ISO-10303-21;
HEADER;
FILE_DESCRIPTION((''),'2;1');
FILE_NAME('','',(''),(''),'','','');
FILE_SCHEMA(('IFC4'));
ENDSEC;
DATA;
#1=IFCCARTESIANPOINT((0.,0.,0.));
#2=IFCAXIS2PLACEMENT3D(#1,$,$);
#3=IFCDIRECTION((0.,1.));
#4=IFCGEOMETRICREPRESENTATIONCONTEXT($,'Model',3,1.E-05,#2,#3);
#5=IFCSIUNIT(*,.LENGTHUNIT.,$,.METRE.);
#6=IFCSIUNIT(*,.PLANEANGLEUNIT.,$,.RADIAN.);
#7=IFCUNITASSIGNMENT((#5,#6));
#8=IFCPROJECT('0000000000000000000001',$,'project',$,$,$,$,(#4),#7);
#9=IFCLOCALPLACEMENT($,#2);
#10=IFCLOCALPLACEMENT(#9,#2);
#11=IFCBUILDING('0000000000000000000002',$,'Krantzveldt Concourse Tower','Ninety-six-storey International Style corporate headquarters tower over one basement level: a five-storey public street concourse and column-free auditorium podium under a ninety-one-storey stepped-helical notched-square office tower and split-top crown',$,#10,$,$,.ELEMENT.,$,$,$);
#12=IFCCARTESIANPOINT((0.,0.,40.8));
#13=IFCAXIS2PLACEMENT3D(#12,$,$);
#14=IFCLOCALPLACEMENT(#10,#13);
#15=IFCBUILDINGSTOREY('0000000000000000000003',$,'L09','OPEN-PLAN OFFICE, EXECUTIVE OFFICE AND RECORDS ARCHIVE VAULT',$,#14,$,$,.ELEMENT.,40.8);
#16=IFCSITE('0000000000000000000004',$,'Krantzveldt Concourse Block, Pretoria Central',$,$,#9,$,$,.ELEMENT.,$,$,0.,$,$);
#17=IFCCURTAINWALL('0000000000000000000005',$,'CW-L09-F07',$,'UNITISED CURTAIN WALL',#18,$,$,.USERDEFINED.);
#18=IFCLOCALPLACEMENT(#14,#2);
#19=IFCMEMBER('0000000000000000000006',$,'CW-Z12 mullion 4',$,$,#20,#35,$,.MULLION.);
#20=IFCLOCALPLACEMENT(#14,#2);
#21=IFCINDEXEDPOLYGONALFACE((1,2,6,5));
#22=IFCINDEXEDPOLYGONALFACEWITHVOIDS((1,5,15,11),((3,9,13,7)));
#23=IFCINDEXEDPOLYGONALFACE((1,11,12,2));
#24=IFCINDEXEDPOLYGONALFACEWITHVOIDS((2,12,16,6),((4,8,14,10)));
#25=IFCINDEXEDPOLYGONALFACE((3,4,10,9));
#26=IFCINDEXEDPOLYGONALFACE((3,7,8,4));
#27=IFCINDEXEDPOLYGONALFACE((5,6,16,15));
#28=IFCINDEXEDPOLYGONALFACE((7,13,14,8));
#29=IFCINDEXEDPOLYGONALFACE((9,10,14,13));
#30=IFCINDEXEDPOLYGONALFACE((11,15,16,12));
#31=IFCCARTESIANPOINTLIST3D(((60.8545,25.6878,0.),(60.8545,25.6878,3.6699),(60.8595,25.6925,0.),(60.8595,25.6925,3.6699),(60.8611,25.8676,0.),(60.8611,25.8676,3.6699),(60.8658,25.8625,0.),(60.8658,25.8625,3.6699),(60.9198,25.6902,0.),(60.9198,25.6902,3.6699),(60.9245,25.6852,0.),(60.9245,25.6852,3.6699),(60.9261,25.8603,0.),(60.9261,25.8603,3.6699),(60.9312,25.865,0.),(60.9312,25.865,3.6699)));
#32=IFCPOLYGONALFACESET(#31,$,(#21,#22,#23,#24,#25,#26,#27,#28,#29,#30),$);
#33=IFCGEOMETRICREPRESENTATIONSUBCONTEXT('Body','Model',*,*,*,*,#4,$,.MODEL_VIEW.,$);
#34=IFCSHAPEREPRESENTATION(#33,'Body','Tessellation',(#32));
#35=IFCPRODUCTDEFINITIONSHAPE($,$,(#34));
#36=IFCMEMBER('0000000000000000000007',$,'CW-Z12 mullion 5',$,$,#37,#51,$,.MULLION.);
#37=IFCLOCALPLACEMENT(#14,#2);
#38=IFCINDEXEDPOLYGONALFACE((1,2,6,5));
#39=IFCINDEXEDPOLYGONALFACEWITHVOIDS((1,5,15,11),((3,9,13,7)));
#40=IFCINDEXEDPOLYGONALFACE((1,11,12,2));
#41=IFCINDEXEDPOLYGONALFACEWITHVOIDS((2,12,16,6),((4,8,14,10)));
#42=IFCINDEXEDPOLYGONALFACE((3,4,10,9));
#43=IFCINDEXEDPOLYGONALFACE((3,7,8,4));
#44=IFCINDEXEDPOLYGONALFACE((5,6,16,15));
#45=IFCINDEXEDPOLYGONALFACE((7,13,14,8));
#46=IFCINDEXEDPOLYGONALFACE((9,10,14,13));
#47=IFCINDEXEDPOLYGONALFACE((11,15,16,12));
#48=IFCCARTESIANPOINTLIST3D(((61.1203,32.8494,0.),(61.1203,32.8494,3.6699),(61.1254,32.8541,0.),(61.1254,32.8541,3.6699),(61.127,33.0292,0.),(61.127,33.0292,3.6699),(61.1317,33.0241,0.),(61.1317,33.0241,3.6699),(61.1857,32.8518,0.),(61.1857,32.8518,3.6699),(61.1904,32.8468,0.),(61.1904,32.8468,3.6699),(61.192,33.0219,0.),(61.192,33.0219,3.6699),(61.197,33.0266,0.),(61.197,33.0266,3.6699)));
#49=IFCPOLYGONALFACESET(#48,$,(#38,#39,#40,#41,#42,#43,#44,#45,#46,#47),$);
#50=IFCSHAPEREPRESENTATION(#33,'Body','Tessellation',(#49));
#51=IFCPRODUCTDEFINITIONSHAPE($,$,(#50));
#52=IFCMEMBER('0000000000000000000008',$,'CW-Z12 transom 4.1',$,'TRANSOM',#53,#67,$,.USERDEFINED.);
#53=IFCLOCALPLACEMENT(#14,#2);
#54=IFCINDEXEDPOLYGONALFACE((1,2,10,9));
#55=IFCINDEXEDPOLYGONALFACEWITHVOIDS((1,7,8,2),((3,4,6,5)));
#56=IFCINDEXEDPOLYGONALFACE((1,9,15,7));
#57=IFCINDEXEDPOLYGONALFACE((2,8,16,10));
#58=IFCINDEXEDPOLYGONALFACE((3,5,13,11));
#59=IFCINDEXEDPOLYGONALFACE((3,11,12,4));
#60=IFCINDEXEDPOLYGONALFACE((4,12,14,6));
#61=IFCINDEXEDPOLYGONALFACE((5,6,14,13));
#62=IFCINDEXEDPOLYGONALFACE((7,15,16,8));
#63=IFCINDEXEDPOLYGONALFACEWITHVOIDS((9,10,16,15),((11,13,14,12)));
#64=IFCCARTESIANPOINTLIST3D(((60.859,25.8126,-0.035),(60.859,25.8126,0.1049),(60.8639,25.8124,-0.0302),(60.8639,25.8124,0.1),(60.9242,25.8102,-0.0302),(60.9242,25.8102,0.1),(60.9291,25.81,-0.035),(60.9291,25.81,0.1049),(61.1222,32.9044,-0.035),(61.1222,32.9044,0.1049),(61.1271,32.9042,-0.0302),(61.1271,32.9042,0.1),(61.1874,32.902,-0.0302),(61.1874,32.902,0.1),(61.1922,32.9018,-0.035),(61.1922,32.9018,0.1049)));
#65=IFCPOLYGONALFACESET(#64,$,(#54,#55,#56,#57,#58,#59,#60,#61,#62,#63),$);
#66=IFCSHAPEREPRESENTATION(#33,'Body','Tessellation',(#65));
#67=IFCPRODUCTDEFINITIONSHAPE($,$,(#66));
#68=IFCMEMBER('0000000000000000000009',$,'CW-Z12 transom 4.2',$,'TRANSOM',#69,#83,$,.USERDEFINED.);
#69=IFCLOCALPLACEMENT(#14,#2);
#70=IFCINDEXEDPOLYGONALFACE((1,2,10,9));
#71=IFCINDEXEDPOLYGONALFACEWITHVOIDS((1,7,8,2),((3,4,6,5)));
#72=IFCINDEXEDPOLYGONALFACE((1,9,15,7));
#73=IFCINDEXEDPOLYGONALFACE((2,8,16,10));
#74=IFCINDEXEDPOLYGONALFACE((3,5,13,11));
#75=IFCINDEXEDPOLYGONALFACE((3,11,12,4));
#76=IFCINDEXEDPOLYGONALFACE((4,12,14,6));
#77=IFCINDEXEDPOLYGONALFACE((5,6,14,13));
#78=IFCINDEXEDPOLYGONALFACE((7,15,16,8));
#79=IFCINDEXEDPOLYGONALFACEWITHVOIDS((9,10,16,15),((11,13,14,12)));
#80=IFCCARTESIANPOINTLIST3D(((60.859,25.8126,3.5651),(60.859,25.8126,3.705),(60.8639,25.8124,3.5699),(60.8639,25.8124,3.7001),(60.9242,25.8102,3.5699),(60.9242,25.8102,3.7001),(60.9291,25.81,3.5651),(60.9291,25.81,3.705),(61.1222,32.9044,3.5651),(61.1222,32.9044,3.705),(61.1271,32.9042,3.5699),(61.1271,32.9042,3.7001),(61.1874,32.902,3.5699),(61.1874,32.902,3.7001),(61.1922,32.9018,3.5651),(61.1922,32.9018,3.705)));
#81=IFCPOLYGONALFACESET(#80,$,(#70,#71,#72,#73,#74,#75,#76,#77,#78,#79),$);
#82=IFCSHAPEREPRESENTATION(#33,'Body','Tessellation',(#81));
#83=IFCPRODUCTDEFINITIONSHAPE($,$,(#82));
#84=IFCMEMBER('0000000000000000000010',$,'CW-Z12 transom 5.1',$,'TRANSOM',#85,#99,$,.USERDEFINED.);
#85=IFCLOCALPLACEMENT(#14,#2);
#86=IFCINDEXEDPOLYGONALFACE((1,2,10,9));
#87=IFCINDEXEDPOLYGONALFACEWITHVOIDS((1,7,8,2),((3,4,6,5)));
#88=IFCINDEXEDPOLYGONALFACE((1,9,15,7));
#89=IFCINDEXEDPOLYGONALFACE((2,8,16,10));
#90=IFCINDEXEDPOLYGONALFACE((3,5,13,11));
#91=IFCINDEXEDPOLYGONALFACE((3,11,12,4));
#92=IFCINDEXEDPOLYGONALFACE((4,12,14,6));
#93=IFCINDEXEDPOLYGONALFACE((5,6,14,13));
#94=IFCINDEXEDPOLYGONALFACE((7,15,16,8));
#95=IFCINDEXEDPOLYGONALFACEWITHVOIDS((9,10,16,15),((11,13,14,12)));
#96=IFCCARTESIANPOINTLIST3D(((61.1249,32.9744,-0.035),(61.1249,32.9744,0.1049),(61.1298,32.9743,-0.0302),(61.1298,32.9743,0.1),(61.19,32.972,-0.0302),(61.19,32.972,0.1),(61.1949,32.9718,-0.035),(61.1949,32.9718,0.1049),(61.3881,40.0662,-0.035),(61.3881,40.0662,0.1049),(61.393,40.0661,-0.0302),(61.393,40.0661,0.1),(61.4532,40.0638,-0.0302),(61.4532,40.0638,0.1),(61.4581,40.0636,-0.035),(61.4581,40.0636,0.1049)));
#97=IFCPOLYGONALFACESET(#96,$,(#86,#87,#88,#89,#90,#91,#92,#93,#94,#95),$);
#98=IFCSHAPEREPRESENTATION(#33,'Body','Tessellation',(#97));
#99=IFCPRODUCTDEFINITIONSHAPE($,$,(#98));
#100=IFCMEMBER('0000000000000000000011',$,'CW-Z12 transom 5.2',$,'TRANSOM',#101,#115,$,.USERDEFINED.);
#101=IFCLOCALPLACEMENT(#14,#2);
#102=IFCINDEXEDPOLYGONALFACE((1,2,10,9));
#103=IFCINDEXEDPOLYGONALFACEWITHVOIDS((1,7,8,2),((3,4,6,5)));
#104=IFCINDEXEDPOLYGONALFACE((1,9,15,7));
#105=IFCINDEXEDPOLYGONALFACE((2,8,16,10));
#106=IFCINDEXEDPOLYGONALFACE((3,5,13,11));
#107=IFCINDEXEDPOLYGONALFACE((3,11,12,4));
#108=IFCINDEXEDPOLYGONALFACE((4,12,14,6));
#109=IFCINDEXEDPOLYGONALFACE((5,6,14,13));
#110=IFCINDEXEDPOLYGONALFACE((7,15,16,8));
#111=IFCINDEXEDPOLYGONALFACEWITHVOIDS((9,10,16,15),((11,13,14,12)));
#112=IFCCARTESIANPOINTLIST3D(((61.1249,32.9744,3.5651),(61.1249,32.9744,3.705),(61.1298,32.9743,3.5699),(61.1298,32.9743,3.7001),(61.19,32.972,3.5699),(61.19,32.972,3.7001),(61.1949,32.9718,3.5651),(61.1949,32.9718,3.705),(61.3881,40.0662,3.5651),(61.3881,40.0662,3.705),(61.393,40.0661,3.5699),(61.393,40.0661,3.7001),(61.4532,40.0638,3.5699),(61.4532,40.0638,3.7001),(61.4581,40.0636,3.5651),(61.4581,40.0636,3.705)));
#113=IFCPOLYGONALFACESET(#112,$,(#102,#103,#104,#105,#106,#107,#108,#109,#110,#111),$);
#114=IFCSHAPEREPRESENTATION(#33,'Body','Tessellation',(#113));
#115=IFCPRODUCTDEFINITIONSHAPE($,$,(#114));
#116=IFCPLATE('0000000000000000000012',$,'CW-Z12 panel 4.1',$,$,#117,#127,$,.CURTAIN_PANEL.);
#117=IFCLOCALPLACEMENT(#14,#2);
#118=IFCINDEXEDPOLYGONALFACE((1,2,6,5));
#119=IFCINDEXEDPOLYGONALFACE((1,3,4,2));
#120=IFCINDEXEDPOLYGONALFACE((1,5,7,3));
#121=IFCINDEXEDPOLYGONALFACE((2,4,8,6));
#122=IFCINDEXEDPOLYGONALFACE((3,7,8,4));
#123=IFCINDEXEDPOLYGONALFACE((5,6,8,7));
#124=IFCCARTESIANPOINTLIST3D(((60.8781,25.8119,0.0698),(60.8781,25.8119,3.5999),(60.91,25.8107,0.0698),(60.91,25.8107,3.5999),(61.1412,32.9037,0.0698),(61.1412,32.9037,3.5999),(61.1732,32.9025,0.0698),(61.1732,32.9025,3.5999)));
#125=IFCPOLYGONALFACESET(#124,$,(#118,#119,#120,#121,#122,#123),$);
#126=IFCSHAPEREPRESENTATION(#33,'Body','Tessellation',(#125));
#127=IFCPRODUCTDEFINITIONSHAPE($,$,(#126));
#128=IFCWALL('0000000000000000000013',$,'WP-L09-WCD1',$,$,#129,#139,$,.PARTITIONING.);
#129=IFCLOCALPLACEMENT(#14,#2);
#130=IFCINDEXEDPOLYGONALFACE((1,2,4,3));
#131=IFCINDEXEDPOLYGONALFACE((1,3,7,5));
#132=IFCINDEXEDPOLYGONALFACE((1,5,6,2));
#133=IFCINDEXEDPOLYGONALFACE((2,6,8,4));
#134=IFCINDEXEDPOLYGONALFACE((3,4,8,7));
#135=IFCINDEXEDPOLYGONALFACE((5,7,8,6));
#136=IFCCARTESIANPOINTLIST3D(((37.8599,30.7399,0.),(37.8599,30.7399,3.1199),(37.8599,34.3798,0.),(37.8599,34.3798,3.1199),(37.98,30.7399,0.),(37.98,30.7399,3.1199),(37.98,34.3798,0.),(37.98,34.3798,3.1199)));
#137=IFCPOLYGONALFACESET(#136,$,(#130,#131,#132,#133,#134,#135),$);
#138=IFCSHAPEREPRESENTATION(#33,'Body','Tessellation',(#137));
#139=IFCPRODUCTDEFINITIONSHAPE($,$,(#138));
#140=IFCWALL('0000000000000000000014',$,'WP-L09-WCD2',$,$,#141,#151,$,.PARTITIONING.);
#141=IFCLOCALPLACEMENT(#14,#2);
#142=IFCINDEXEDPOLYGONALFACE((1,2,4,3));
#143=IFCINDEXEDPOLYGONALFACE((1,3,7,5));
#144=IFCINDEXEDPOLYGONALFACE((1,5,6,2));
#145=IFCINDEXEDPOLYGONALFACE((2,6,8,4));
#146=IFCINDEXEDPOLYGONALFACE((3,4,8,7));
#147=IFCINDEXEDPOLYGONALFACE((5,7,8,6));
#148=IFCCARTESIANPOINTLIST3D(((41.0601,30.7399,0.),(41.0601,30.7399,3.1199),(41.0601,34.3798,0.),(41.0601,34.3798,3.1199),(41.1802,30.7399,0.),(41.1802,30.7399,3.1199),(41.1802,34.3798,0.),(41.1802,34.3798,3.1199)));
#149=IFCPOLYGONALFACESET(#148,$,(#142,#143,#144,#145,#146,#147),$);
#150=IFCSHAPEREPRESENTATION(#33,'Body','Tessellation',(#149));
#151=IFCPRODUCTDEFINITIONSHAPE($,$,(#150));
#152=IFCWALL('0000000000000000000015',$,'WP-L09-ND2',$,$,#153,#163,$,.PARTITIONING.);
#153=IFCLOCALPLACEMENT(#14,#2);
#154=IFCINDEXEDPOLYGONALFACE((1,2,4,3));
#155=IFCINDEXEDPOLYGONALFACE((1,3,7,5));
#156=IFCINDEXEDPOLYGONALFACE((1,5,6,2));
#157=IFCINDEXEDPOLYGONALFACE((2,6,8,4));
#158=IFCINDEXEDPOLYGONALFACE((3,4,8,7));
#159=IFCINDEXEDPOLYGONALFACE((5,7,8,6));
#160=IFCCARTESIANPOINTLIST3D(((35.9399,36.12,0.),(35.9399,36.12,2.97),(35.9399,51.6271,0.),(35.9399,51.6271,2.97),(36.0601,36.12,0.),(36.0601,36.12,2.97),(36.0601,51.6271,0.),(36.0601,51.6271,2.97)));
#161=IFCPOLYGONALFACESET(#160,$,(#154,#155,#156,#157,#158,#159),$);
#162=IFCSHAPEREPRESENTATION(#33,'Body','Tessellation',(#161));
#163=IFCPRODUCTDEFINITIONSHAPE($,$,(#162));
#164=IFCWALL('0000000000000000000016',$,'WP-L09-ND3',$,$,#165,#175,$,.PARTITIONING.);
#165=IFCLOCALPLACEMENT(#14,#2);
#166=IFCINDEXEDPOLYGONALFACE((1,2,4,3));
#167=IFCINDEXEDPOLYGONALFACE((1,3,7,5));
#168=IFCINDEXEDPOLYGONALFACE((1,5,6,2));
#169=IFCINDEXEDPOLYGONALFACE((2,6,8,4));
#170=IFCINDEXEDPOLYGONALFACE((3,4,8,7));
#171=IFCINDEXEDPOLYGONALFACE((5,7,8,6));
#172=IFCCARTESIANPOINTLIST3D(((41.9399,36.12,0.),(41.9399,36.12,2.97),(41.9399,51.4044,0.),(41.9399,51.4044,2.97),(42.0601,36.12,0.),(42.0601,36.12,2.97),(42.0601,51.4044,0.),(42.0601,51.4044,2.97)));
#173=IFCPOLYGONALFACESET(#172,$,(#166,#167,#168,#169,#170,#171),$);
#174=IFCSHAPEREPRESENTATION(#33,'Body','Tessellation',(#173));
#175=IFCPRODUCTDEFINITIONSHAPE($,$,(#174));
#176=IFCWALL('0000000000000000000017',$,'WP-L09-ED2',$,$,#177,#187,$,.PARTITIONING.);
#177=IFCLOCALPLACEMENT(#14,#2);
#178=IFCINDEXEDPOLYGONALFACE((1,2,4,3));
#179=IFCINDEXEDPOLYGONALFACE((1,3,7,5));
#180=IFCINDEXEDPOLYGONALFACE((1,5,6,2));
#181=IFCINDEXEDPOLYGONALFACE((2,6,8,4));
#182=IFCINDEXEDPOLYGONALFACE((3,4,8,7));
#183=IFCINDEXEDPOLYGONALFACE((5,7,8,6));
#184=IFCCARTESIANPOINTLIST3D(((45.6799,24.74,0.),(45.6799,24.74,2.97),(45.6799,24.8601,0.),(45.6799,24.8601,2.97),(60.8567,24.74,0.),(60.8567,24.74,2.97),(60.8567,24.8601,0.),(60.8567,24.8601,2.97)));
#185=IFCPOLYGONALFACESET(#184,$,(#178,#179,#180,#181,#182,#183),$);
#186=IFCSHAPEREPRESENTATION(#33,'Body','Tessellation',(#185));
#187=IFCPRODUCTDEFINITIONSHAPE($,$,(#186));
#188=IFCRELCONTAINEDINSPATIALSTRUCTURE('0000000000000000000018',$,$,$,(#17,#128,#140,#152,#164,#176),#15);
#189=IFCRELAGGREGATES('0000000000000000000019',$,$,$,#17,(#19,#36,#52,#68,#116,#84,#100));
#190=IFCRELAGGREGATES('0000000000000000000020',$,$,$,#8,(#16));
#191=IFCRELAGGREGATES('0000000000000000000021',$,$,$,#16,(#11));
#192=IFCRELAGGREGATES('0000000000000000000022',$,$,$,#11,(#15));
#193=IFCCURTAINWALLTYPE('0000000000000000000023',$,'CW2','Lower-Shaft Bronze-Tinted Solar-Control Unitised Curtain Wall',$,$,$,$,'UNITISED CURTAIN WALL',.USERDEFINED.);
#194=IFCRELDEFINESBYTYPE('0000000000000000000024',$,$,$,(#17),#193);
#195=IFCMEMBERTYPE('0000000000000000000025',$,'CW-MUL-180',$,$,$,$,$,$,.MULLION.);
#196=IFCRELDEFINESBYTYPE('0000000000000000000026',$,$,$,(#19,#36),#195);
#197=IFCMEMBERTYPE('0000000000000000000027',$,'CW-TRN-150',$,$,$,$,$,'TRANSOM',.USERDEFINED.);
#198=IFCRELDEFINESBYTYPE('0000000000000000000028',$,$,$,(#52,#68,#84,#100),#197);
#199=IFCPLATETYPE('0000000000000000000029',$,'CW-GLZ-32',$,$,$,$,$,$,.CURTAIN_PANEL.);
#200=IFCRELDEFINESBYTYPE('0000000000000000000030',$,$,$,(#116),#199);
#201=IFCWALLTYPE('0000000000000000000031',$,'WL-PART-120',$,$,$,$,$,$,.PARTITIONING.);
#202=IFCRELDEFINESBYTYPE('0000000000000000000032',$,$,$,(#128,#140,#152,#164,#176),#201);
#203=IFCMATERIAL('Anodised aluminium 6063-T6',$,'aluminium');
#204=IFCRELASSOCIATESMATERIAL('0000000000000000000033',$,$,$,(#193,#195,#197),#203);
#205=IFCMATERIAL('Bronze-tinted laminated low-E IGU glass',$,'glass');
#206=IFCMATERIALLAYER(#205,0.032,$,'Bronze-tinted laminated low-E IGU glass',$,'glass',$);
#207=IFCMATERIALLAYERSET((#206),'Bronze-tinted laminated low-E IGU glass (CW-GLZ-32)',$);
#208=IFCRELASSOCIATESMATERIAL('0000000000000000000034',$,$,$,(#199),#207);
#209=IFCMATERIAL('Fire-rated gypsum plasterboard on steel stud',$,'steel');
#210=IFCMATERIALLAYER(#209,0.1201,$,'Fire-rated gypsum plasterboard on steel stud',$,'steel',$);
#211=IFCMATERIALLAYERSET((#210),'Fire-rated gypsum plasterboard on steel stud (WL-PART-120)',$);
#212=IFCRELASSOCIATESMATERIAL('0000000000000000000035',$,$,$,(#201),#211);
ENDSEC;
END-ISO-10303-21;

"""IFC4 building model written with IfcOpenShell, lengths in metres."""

from ifc_helpers import new_model, si_unit, direction, frame, frame_2d, origin, origin_2d, place, context, subcontext, project, spatial, rectangle, hollow_rectangle, extrude, source, transform, mapped, material, layer, layer_set, material_profile, profile_set, type_object, type_shapes, element, aggregate, save


model = new_model("IFC4")

# Units and contexts
model_context = context("Model", 3, precision=1e-05, world=origin(), true_north=direction((0.0, 1.0)))
body_context = subcontext(model_context, "Body", "Model", "MODEL_VIEW")
ifc_project = project(units=[si_unit("LENGTHUNIT", "METRE"), si_unit("PLANEANGLEUNIT", "RADIAN")], contexts=[model_context])

# Site, building, storey
site_placement = place(None, origin())
site = spatial("IfcSite", under=ifc_project, at=site_placement, Name="Krantzveldt Concourse Block, Pretoria Central", CompositionType="ELEMENT", RefElevation=0.0)
building_placement = place(site_placement, origin())
building = spatial("IfcBuilding", under=site, at=building_placement, Name="Krantzveldt Concourse Tower", Description="Ninety-six-storey International Style corporate headquarters tower over one basement level: a five-storey public street concourse and column-free auditorium podium under a ninety-one-storey stepped-helical notched-square office tower and split-top crown", CompositionType="ELEMENT")
storey_placement = place(building_placement, frame((0.0, 0.0, 40.8)))
storey = spatial("IfcBuildingStorey", under=building, at=storey_placement, Name="L09", Description="OPEN-PLAN OFFICE, EXECUTIVE OFFICE AND RECORDS ARCHIVE VAULT", CompositionType="ELEMENT", Elevation=40.8)

# Curtain wall, members, plate
ifc_material_1 = material(Name="Anodised aluminium 6063-T6", Category="aluminium")
curtain_wall_type = type_object("IfcCurtainWallType", Name="CW2", Description="Lower-Shaft Bronze-Tinted Solar-Control Unitised Curtain Wall", ElementType="UNITISED CURTAIN WALL", PredefinedType="USERDEFINED", material=ifc_material_1)
curtain_wall_placement = place(storey_placement, origin())
curtain_wall = element("IfcCurtainWall", 1, at=curtain_wall_placement, inside=storey, type_object=curtain_wall_type, Name="CW-L09-F07", ObjectType="UNITISED CURTAIN WALL", PredefinedType="USERDEFINED")
ifc_material_profile_1 = material_profile(ifc_material_1, hollow_rectangle(XDim=0.0701, YDim=0.1799, WallThickness=0.0049, at=origin_2d()), Name="Anodised aluminium 6063-T6", Category="aluminium")
ifc_profile_set_1 = profile_set([ifc_material_profile_1], Name="Anodised aluminium 6063-T6 - ALU-MULL 180x70x5")
member_type_1 = type_object("IfcMemberType", Name="CW-MUL-180", PredefinedType="MULLION", material=ifc_profile_set_1)
shared_shape_1 = source(origin(), body_context, "Body", "SweptSolid", [
    extrude(hollow_rectangle(XDim=0.0701, YDim=0.1799, WallThickness=0.0049, at=origin_2d()), origin(), (0.0, 0.0, 1.0), 3.6699),
])
type_shapes(member_type_1, [shared_shape_1])
member_1_placement = place(storey_placement, frame((60.8928, 25.7764, 0.0), z_axis=(0.0, 0.0, 1.0), x_axis=(-0.999312, 0.03708, 0.0)))
member_1 = element("IfcMember", 2, at=member_1_placement, type_object=member_type_1, Name="CW-Z12 mullion 4", PredefinedType="MULLION", context=body_context, shape_type="MappedRepresentation", body=[
    mapped(shared_shape_1, transform((0.0, 0.0, 0.0), x_axis=(1.0, 0.0, 0.0), y_axis=(0.0, 1.0, 0.0), z_axis=(0.0, 0.0, 1.0), scale=1.0)),
])
member_2_placement = place(storey_placement, frame((61.1587, 32.938, 0.0), z_axis=(0.0, 0.0, 1.0), x_axis=(-0.999312, 0.03708, 0.0)))
member_2 = element("IfcMember", 3, at=member_2_placement, type_object=member_type_1, Name="CW-Z12 mullion 5", PredefinedType="MULLION", context=body_context, shape_type="MappedRepresentation", body=[
    mapped(shared_shape_1, transform((0.0, 0.0, 0.0), x_axis=(1.0, 0.0, 0.0), y_axis=(0.0, 1.0, 0.0), z_axis=(0.0, 0.0, 1.0), scale=1.0)),
])
ifc_material_profile_2 = material_profile(ifc_material_1, hollow_rectangle(XDim=0.0701, YDim=0.1399, WallThickness=0.0049, at=origin_2d()), Name="Anodised aluminium 6063-T6", Category="aluminium")
ifc_profile_set_2 = profile_set([ifc_material_profile_2], Name="Anodised aluminium 6063-T6 - ALU-TRAN 140x70x5")
member_type_2 = type_object("IfcMemberType", Name="CW-TRN-150", ElementType="TRANSOM", PredefinedType="USERDEFINED", material=ifc_profile_set_2)
shared_shape_2 = source(origin(), body_context, "Body", "SweptSolid", [
    extrude(hollow_rectangle(XDim=0.0701, YDim=0.1399, WallThickness=0.0049, at=origin_2d()), origin(), (0.0, 0.0, 1.0), 7.0967),
])
type_shapes(member_type_2, [shared_shape_2])
member_3_placement = place(storey_placement, frame((60.894, 25.8113, 0.0349), z_axis=(0.037085, 0.999312, 0.0), x_axis=(-0.999312, 0.037085, 0.0)))
member_3 = element("IfcMember", 4, at=member_3_placement, type_object=member_type_2, Name="CW-Z12 transom 4.1", ObjectType="TRANSOM", PredefinedType="USERDEFINED", context=body_context, shape_type="MappedRepresentation", body=[
    mapped(shared_shape_2, transform((0.0, 0.0, 0.0), x_axis=(1.0, 0.0, 0.0), y_axis=(0.0, 1.0, 0.0), z_axis=(0.0, 0.0, 1.0), scale=1.0)),
])
member_4_placement = place(storey_placement, frame((60.894, 25.8113, 3.635), z_axis=(0.037085, 0.999312, 0.0), x_axis=(-0.999312, 0.037085, 0.0)))
member_4 = element("IfcMember", 5, at=member_4_placement, type_object=member_type_2, Name="CW-Z12 transom 4.2", ObjectType="TRANSOM", PredefinedType="USERDEFINED", context=body_context, shape_type="MappedRepresentation", body=[
    mapped(shared_shape_2, transform((0.0, 0.0, 0.0), x_axis=(1.0, 0.0, 0.0), y_axis=(0.0, 1.0, 0.0), z_axis=(0.0, 0.0, 1.0), scale=1.0)),
])
member_5_placement = place(storey_placement, frame((61.1599, 32.9731, 0.0349), z_axis=(0.037085, 0.999312, 0.0), x_axis=(-0.999312, 0.037085, 0.0)))
member_5 = element("IfcMember", 6, at=member_5_placement, type_object=member_type_2, Name="CW-Z12 transom 5.1", ObjectType="TRANSOM", PredefinedType="USERDEFINED", context=body_context, shape_type="MappedRepresentation", body=[
    mapped(shared_shape_2, transform((0.0, 0.0, 0.0), x_axis=(1.0, 0.0, 0.0), y_axis=(0.0, 1.0, 0.0), z_axis=(0.0, 0.0, 1.0), scale=1.0)),
])
member_6_placement = place(storey_placement, frame((61.1599, 32.9731, 3.635), z_axis=(0.037085, 0.999312, 0.0), x_axis=(-0.999312, 0.037085, 0.0)))
member_6 = element("IfcMember", 7, at=member_6_placement, type_object=member_type_2, Name="CW-Z12 transom 5.2", ObjectType="TRANSOM", PredefinedType="USERDEFINED", context=body_context, shape_type="MappedRepresentation", body=[
    mapped(shared_shape_2, transform((0.0, 0.0, 0.0), x_axis=(1.0, 0.0, 0.0), y_axis=(0.0, 1.0, 0.0), z_axis=(0.0, 0.0, 1.0), scale=1.0)),
])
ifc_material_2 = material(Name="Bronze-tinted laminated low-E IGU glass", Category="glass")
ifc_layer_1 = layer(ifc_material_2, 0.032, Name="Bronze-tinted laminated low-E IGU glass", Category="glass")
ifc_layer_set_1 = layer_set([ifc_layer_1], Name="Bronze-tinted laminated low-E IGU glass (CW-GLZ-32)")
plate_type = type_object("IfcPlateType", Name="CW-GLZ-32", PredefinedType="CURTAIN_PANEL", material=ifc_layer_set_1)
shared_shape_3 = source(origin(), body_context, "Body", "SweptSolid", [
    extrude(rectangle(XDim=7.0967, YDim=0.032, at=origin_2d()), origin(), (0.0, 0.0, 1.0), 3.53),
])
type_shapes(plate_type, [shared_shape_3])
plate_placement = place(storey_placement, frame((61.0256, 29.3572, 0.0698), z_axis=(0.0, 0.0, 1.0), x_axis=(0.03708, 0.999312, 0.0)))
plate = element("IfcPlate", 8, at=plate_placement, type_object=plate_type, Name="CW-Z12 panel 4.1", PredefinedType="CURTAIN_PANEL", context=body_context, shape_type="MappedRepresentation", body=[
    mapped(shared_shape_3, transform((0.0, 0.0, 0.0), x_axis=(1.0, 0.0, 0.0), y_axis=(0.0, 1.0, 0.0), z_axis=(0.0, 0.0, 1.0), scale=1.0)),
])
aggregate(curtain_wall, [member_1, member_2, member_3, member_4, plate, member_5, member_6])

# Walls
ifc_material_3 = material(Name="Fire-rated gypsum plasterboard on steel stud", Category="steel")
ifc_layer_2 = layer(ifc_material_3, 0.1201, Name="Fire-rated gypsum plasterboard on steel stud", Category="steel")
ifc_layer_set_2 = layer_set([ifc_layer_2], Name="Fire-rated gypsum plasterboard on steel stud (WL-PART-120)")
wall_type_1 = type_object("IfcWallType", Name="WL-PART-120", PredefinedType="PARTITIONING", material=ifc_layer_set_2)
for number, where, z_axis, x_axis, name in (
    (9, (37.9199, 30.74, 0.0), (0.0, 0.0, 1.0), (0.0, 1.0, 0.0), "WP-L09-WCD1"),
    (10, (41.1201, 30.74, 0.0), (0.0, 0.0, 1.0), (0.0, 1.0, 0.0), "WP-L09-WCD2"),
):
    element("IfcWall", number, at=place(storey_placement, frame(where, z_axis=z_axis, x_axis=x_axis)), inside=storey, type_object=wall_type_1, Name=name, PredefinedType="PARTITIONING", context=body_context, shape_type="SweptSolid", body=[
        extrude(rectangle(XDim=3.6399, YDim=0.1201, at=frame_2d((1.8198, 0.0))), origin(), (0.0, 0.0, 1.0), 3.1199),
    ])
wall_1_placement = place(storey_placement, frame((36.0, 36.1201, 0.0), z_axis=(0.0, 0.0, 1.0), x_axis=(0.0, 1.0, 0.0)))
element("IfcWall", 11, at=wall_1_placement, inside=storey, type_object=wall_type_1, Name="WP-L09-ND2", PredefinedType="PARTITIONING", context=body_context, shape_type="SweptSolid", body=[
    extrude(rectangle(XDim=15.5071, YDim=0.1201, at=frame_2d((7.7534, 0.0))), origin(), (0.0, 0.0, 1.0), 2.97),
])
wall_2_placement = place(storey_placement, frame((42.0, 36.1201, 0.0), z_axis=(0.0, 0.0, 1.0), x_axis=(0.0, 1.0, 0.0)))
element("IfcWall", 12, at=wall_2_placement, inside=storey, type_object=wall_type_1, Name="WP-L09-ND3", PredefinedType="PARTITIONING", context=body_context, shape_type="SweptSolid", body=[
    extrude(rectangle(XDim=15.2844, YDim=0.1201, at=frame_2d((7.6421, 0.0))), origin(), (0.0, 0.0, 1.0), 2.97),
])
wall_3_placement = place(storey_placement, frame((45.6799, 24.8, 0.0), z_axis=(0.0, 0.0, 1.0), x_axis=(1.0, 0.0, 0.0)))
element("IfcWall", 13, at=wall_3_placement, inside=storey, type_object=wall_type_1, Name="WP-L09-ED2", PredefinedType="PARTITIONING", context=body_context, shape_type="SweptSolid", body=[
    extrude(rectangle(XDim=15.1768, YDim=0.1201, at=frame_2d((7.5884, 0.0))), origin(), (0.0, 0.0, 1.0), 2.97),
])

save(model, "model.ifc")
